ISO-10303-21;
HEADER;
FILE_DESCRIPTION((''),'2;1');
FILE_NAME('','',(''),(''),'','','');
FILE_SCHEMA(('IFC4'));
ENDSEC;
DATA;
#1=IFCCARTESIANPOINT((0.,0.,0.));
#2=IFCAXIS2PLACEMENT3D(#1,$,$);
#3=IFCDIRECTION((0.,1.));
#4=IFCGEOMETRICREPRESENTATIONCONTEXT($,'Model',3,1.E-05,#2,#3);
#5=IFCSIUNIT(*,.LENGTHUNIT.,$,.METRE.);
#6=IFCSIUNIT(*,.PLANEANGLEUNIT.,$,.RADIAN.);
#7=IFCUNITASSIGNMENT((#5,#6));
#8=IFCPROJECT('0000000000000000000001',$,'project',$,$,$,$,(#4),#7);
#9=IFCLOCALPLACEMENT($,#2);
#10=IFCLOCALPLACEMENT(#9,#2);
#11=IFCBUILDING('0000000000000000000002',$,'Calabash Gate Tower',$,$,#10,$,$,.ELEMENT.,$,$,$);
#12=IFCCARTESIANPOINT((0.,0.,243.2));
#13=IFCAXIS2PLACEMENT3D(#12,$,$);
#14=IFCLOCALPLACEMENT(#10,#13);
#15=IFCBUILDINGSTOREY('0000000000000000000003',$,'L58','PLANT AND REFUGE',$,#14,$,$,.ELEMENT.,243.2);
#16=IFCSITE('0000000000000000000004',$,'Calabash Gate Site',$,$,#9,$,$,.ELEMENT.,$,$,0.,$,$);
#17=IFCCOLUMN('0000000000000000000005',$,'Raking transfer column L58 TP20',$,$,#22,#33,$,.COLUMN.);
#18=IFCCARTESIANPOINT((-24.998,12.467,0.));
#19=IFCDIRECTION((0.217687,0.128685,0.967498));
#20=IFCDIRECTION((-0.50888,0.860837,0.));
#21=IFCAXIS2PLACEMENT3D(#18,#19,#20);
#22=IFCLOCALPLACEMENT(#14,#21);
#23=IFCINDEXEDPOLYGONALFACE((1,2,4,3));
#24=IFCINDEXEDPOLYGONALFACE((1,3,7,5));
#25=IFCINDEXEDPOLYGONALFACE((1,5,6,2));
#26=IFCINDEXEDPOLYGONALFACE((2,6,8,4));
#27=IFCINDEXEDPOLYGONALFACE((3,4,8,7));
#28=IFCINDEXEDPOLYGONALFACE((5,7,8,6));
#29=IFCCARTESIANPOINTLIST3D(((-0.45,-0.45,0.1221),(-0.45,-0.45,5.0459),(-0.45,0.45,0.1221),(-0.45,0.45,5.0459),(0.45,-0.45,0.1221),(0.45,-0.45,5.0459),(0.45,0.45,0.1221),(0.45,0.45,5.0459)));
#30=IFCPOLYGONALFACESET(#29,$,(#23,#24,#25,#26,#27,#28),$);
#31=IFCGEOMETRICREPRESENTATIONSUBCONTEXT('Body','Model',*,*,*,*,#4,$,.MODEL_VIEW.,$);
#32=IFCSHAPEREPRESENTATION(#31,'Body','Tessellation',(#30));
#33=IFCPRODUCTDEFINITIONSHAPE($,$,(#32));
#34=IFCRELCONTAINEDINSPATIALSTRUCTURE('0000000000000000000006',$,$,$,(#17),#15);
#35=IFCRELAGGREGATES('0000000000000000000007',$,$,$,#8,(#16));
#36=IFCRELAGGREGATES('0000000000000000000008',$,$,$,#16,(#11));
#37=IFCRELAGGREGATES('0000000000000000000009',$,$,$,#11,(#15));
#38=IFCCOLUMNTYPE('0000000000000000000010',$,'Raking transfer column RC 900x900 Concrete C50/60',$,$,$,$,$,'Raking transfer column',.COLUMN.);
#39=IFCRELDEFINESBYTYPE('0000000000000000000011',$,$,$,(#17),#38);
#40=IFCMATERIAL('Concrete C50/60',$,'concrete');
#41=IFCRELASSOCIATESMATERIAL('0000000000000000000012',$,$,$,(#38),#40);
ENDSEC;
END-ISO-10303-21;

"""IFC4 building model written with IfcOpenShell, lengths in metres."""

from ifc_helpers import new_model, si_unit, direction, frame, origin, origin_2d, place, context, subcontext, project, spatial, rectangle, extrude, clip, halfspace, material, material_profile, profile_set, type_object, element, save


model = new_model("IFC4")

# Units and contexts
model_context = context("Model", 3, precision=1e-05, world=origin(), true_north=direction((0.0, 1.0)))
body_context = subcontext(model_context, "Body", "Model", "MODEL_VIEW")
ifc_project = project(units=[si_unit("LENGTHUNIT", "METRE"), si_unit("PLANEANGLEUNIT", "RADIAN")], contexts=[model_context])

# Site, building, storey
site_placement = place(None, origin())
site = spatial("IfcSite", under=ifc_project, at=site_placement, Name="Calabash Gate Site", CompositionType="ELEMENT", RefElevation=0.0)
building_placement = place(site_placement, origin())
building = spatial("IfcBuilding", under=site, at=building_placement, Name="Calabash Gate Tower", CompositionType="ELEMENT")
storey_placement = place(building_placement, frame((0.0, 0.0, 243.2)))
storey = spatial("IfcBuildingStorey", under=building, at=storey_placement, Name="L58", Description="PLANT AND REFUGE", CompositionType="ELEMENT", Elevation=243.2)

# Column
ifc_material_1 = material(Name="Concrete C50/60", Category="concrete")
ifc_material_profile_1 = material_profile(ifc_material_1, rectangle(XDim=0.8999, YDim=0.8999, at=origin_2d()))
ifc_profile_set_1 = profile_set([ifc_material_profile_1], Name="Concrete C50/60")
column_type_1 = type_object("IfcColumnType", Name="Raking transfer column RC 900x900 Concrete C50/60", ElementType="Raking transfer column", PredefinedType="COLUMN", material=ifc_profile_set_1)
column_1_placement = place(storey_placement, frame((-24.998, 12.467, 0.0), z_axis=(0.217687, 0.128685, 0.967498), x_axis=(-0.50888, 0.860837, 0.0)))
element("IfcColumn", 1, at=column_1_placement, inside=storey, type_object=column_type_1, Name="Raking transfer column L58 TP20", PredefinedType="COLUMN", context=body_context, shape_type="Clipping", body=[
    clip(clip(extrude(rectangle(XDim=0.8999, YDim=0.8999, at=origin_2d()), origin(), (0.0, 0.0, 1.0), 5.168), halfspace(frame((0.0, 0.0, 0.1221), z_axis=(0.0, 0.0, 1.0), x_axis=(1.0, 0.0, 0.0)), True)), halfspace(frame((0.0, 0.0, 5.0459), z_axis=(0.0, 0.0, 1.0), x_axis=(1.0, 0.0, 0.0)), False)),
])

save(model, "model.ifc")
